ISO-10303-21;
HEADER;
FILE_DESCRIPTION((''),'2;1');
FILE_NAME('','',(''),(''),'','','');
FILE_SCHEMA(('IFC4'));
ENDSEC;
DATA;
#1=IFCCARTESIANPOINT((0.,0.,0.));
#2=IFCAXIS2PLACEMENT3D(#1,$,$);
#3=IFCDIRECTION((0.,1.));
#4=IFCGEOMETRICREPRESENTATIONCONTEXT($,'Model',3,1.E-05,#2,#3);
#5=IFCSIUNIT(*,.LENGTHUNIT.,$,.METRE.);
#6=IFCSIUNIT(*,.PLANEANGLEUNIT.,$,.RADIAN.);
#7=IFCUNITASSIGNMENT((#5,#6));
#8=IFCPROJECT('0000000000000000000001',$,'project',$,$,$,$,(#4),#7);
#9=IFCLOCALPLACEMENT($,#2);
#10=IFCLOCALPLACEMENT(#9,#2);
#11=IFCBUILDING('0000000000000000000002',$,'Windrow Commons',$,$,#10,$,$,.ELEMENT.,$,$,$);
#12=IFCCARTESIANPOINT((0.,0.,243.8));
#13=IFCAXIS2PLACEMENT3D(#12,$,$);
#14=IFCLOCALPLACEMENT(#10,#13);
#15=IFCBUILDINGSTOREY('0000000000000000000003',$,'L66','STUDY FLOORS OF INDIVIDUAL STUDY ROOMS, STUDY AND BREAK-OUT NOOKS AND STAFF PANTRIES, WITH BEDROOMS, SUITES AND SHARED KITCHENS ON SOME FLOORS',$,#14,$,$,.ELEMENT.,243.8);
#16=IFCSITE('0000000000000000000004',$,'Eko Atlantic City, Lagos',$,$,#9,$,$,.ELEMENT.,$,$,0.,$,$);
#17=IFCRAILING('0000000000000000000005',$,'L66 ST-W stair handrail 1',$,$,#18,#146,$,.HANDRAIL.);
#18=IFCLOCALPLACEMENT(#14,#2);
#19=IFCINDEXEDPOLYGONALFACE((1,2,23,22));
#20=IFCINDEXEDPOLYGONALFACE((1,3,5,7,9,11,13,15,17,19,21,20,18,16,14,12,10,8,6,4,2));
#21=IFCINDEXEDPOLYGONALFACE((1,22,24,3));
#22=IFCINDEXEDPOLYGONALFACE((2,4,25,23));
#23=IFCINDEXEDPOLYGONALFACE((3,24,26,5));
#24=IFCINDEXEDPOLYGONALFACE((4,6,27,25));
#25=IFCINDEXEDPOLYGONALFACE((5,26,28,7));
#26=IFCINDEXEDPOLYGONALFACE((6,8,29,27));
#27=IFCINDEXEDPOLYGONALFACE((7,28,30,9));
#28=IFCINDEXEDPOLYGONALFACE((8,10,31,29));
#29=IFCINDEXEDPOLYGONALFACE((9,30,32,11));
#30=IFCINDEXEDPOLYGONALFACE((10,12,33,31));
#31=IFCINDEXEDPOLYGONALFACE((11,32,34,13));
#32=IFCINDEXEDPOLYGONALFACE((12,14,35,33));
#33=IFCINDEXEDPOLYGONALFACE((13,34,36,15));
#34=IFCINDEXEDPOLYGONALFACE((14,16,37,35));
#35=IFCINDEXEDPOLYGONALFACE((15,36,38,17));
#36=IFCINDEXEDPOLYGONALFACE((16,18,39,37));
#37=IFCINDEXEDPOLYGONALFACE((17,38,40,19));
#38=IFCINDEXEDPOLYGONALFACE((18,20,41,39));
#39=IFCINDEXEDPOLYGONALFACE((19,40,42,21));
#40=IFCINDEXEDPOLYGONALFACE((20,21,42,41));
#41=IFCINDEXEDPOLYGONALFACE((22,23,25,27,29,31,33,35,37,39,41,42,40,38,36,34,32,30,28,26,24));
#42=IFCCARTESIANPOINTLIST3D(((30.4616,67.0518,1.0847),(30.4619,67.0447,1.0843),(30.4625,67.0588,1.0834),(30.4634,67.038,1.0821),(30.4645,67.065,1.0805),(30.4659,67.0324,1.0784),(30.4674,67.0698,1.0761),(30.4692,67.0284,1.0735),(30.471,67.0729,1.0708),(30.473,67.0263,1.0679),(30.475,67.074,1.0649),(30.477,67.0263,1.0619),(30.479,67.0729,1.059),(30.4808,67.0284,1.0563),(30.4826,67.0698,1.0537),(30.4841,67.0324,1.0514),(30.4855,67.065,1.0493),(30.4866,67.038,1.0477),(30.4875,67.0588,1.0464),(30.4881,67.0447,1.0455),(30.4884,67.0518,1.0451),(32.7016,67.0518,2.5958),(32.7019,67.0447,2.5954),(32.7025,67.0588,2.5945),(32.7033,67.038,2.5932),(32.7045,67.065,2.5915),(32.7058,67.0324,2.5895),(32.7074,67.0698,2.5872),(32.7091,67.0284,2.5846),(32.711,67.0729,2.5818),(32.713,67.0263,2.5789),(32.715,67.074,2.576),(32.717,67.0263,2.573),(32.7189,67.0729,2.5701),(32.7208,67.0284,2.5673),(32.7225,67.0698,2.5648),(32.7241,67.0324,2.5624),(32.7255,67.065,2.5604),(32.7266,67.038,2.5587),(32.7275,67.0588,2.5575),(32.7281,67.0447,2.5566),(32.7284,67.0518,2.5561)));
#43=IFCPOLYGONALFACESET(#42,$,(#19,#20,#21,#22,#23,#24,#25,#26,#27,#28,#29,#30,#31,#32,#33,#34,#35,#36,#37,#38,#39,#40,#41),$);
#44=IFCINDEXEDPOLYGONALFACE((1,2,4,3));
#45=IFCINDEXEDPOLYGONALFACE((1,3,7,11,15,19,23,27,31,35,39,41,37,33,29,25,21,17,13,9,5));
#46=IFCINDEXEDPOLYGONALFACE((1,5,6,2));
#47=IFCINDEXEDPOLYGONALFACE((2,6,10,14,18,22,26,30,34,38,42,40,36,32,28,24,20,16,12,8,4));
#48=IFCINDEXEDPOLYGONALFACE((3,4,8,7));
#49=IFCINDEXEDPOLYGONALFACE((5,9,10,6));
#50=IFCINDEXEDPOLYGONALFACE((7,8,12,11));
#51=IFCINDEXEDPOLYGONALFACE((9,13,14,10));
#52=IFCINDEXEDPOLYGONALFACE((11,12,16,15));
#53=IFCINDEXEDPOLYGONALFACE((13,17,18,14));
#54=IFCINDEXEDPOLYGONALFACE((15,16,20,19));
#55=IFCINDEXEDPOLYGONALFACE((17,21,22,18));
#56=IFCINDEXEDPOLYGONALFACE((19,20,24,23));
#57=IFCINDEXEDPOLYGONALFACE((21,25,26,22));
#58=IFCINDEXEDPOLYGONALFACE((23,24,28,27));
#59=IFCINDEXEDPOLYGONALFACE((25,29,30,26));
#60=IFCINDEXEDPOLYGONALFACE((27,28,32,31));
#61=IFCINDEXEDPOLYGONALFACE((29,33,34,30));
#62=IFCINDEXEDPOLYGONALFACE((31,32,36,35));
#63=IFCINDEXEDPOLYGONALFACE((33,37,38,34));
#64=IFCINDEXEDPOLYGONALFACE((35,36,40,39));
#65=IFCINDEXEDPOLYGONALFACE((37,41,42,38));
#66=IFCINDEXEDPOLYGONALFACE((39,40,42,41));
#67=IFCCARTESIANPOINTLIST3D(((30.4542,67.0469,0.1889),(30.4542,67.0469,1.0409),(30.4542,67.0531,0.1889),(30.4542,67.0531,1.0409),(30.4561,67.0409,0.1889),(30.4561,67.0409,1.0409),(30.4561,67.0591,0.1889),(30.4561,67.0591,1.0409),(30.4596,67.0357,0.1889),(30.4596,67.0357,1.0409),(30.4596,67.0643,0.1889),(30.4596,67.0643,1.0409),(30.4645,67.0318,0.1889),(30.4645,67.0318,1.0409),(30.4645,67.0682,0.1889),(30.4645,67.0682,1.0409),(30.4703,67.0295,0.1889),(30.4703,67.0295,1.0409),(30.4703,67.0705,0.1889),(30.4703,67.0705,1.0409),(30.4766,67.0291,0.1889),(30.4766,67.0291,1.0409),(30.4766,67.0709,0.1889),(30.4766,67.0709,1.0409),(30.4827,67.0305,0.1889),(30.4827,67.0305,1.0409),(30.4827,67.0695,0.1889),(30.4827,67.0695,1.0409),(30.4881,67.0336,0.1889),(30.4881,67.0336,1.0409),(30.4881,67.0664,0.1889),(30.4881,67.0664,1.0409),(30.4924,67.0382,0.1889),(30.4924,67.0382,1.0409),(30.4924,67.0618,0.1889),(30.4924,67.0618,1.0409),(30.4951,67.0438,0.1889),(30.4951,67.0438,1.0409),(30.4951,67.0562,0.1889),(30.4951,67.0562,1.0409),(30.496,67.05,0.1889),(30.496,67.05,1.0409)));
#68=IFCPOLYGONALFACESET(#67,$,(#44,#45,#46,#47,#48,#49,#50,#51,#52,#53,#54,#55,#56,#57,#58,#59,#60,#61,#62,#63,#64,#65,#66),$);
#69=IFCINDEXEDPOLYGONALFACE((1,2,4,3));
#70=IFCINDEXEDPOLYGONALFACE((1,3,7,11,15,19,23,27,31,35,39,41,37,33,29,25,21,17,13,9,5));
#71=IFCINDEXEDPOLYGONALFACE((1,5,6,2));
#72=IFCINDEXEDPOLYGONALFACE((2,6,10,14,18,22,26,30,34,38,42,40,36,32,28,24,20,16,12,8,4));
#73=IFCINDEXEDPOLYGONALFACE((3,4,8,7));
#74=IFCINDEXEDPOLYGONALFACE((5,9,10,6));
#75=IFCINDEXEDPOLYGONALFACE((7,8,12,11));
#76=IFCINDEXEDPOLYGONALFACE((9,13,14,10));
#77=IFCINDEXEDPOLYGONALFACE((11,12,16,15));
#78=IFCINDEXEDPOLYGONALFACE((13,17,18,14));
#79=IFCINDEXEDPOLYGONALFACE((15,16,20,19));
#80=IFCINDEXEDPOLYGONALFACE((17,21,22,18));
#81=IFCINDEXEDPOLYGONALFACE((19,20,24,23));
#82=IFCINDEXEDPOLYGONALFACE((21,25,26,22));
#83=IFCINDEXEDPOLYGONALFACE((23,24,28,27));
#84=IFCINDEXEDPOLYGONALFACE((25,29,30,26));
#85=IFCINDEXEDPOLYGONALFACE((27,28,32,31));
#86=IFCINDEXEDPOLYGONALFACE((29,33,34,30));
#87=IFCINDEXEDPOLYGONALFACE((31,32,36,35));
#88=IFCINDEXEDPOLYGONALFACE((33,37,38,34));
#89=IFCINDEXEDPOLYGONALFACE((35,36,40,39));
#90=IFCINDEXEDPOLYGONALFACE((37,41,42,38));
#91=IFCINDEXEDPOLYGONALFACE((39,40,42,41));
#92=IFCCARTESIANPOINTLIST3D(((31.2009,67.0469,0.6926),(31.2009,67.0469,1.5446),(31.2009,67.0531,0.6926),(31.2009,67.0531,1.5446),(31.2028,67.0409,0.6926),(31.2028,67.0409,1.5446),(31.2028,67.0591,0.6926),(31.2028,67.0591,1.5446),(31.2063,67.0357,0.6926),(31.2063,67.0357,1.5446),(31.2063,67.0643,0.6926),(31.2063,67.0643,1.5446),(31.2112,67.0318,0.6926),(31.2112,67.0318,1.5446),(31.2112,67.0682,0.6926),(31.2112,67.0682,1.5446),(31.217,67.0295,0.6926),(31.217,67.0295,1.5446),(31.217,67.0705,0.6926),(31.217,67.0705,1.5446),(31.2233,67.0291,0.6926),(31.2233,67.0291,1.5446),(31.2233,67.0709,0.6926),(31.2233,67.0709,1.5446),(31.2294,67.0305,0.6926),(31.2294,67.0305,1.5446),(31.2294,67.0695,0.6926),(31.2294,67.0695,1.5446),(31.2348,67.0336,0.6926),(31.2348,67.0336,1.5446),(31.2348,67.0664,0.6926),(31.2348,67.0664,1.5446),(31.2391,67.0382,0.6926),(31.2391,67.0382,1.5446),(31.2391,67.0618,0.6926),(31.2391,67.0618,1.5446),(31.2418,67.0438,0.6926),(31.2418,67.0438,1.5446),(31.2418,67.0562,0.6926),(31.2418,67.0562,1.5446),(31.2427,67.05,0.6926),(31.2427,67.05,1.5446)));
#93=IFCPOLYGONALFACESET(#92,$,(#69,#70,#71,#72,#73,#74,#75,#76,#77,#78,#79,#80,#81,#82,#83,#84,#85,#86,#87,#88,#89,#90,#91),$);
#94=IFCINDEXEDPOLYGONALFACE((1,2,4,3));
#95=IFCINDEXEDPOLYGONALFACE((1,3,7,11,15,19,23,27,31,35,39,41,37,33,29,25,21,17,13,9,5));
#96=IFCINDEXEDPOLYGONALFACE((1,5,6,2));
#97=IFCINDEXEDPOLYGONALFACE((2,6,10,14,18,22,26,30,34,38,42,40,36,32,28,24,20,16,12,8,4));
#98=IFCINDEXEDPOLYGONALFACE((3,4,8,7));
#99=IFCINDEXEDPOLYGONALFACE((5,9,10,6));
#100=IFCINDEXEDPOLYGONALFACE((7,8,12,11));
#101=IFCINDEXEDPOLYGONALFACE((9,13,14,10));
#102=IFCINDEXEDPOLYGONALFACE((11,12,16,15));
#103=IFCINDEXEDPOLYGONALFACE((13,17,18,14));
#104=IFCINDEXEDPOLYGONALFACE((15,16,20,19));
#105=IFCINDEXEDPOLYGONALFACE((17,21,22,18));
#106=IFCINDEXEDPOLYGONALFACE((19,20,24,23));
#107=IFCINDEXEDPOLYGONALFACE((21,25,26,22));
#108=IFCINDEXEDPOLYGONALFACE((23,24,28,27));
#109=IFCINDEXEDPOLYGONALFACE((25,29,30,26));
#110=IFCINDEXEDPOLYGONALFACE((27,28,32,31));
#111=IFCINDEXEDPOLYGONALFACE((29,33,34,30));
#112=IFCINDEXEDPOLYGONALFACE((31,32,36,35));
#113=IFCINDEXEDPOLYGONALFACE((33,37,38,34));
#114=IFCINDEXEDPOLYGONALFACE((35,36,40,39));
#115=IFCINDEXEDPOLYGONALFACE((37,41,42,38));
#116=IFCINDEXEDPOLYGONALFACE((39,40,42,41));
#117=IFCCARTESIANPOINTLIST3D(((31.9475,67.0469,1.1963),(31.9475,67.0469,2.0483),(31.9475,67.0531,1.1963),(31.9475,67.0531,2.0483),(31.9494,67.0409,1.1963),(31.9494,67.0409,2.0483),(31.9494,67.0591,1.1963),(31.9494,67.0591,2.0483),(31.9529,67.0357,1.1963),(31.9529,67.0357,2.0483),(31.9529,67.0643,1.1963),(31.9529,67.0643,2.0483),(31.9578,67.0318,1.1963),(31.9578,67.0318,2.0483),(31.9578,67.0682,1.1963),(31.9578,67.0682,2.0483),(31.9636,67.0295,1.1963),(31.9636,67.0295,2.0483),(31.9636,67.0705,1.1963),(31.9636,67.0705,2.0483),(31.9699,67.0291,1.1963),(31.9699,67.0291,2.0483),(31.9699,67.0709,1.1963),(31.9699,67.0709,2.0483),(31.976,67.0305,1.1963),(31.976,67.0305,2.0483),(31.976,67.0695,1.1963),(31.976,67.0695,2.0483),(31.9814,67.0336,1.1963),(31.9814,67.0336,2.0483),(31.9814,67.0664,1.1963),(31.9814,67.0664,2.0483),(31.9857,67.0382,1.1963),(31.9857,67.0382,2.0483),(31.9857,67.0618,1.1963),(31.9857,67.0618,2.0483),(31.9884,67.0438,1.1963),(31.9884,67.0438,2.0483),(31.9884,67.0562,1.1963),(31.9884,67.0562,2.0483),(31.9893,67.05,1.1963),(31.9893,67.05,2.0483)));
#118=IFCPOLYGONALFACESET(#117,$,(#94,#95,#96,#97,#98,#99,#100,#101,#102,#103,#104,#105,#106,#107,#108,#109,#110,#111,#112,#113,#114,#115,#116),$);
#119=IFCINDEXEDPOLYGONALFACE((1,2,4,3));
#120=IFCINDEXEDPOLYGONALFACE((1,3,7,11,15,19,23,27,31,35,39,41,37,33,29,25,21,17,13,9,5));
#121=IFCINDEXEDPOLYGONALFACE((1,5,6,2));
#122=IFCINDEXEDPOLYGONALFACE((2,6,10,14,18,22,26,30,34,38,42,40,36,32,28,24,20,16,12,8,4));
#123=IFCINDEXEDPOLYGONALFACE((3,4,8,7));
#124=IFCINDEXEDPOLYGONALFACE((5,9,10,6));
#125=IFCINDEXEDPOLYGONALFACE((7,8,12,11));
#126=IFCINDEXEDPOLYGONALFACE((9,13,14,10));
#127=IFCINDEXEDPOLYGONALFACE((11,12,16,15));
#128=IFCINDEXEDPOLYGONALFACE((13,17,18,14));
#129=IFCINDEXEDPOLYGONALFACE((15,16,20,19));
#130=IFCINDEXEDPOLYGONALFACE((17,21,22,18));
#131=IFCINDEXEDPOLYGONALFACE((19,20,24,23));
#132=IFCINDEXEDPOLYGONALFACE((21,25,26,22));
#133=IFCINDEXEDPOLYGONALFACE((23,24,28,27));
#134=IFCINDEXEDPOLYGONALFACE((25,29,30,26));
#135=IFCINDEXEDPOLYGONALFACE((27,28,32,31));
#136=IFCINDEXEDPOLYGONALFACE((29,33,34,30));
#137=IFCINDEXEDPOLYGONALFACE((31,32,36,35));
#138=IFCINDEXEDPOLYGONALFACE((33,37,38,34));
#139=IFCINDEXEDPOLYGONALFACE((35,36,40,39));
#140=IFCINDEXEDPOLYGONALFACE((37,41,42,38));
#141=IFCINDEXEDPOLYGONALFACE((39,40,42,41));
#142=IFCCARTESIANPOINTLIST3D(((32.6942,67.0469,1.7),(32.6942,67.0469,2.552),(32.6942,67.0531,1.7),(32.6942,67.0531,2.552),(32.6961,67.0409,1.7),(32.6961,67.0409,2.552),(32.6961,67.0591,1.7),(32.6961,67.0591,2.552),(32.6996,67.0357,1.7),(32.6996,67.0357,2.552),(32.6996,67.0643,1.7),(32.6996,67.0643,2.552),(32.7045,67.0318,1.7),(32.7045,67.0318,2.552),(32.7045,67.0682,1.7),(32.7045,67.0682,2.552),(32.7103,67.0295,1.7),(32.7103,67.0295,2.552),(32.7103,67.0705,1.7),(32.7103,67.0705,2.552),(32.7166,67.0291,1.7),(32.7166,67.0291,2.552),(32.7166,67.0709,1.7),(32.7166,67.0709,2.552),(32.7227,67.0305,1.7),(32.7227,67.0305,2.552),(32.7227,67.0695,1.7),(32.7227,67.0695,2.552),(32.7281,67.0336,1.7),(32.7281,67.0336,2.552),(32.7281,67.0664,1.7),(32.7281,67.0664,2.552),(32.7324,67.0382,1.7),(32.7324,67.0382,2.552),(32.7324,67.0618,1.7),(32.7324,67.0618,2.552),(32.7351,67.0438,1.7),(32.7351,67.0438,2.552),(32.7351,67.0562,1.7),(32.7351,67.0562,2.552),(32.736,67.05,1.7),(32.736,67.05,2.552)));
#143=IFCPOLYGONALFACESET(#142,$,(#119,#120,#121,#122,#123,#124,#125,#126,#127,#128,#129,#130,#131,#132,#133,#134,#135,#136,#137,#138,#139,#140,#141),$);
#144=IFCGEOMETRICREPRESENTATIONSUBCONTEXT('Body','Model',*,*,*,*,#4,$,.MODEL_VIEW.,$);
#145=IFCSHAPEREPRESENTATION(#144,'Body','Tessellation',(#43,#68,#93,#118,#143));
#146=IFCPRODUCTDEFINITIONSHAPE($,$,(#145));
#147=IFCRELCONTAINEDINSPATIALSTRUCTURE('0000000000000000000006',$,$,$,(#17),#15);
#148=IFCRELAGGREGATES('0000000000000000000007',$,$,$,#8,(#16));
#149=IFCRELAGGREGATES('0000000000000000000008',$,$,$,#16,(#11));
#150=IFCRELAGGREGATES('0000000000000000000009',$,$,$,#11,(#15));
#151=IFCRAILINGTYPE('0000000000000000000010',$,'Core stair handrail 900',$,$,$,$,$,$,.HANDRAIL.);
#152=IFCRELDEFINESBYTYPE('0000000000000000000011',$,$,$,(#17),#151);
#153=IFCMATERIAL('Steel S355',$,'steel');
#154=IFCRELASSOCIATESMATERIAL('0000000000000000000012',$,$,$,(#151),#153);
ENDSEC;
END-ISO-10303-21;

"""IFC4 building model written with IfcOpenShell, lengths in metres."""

from ifc_helpers import new_model, si_unit, direction, frame, origin, origin_2d, place, context, subcontext, project, spatial, circle, extrude, material, type_object, element, save


model = new_model("IFC4")

# Units and contexts
model_context = context("Model", 3, precision=1e-05, world=origin(), true_north=direction((0.0, 1.0)))
body_context = subcontext(model_context, "Body", "Model", "MODEL_VIEW")
ifc_project = project(units=[si_unit("LENGTHUNIT", "METRE"), si_unit("PLANEANGLEUNIT", "RADIAN")], contexts=[model_context])

# Site, building, storey
site_placement = place(None, origin())
site = spatial("IfcSite", under=ifc_project, at=site_placement, Name="Eko Atlantic City, Lagos", CompositionType="ELEMENT", RefElevation=0.0)
building_placement = place(site_placement, origin())
building = spatial("IfcBuilding", under=site, at=building_placement, Name="Windrow Commons", CompositionType="ELEMENT")
storey_placement = place(building_placement, frame((0.0, 0.0, 243.8)))
storey = spatial("IfcBuildingStorey", under=building, at=storey_placement, Name="L66", Description="STUDY FLOORS OF INDIVIDUAL STUDY ROOMS, STUDY AND BREAK-OUT NOOKS AND STAFF PANTRIES, WITH BEDROOMS, SUITES AND SHARED KITCHENS ON SOME FLOORS", CompositionType="ELEMENT", Elevation=243.8)

# Railing
ifc_material_1 = material(Name="Steel S355", Category="steel")
railing_type_1 = type_object("IfcRailingType", Name="Core stair handrail 900", PredefinedType="HANDRAIL", material=ifc_material_1)
railing_1_placement = place(storey_placement, frame((30.475, 67.05, 0.1889)))
element("IfcRailing", 1, at=railing_1_placement, inside=storey, type_object=railing_type_1, Name="L66 ST-W stair handrail 1", PredefinedType="HANDRAIL", context=body_context, shape_type="SweptSolid", body=[
    extrude(circle(Radius=0.024, at=origin_2d()), frame((0.0, 0.0, 0.876), z_axis=(0.829003, 0.0, 0.559244), x_axis=(0.0, 1.0, 0.0)), (0.0, 0.0, 1.0), 2.702),
    extrude(circle(Radius=0.021, at=origin_2d()), origin(), (0.0, 0.0, 1.0), 0.852),
    extrude(circle(Radius=0.021, at=origin_2d()), frame((0.7467, 0.0, 0.5037)), (0.0, 0.0, 1.0), 0.852),
    extrude(circle(Radius=0.021, at=origin_2d()), frame((1.4933, 0.0, 1.0074)), (0.0, 0.0, 1.0), 0.852),
    extrude(circle(Radius=0.021, at=origin_2d()), frame((2.24, 0.0, 1.5111)), (0.0, 0.0, 1.0), 0.852),
])

save(model, "model.ifc")
